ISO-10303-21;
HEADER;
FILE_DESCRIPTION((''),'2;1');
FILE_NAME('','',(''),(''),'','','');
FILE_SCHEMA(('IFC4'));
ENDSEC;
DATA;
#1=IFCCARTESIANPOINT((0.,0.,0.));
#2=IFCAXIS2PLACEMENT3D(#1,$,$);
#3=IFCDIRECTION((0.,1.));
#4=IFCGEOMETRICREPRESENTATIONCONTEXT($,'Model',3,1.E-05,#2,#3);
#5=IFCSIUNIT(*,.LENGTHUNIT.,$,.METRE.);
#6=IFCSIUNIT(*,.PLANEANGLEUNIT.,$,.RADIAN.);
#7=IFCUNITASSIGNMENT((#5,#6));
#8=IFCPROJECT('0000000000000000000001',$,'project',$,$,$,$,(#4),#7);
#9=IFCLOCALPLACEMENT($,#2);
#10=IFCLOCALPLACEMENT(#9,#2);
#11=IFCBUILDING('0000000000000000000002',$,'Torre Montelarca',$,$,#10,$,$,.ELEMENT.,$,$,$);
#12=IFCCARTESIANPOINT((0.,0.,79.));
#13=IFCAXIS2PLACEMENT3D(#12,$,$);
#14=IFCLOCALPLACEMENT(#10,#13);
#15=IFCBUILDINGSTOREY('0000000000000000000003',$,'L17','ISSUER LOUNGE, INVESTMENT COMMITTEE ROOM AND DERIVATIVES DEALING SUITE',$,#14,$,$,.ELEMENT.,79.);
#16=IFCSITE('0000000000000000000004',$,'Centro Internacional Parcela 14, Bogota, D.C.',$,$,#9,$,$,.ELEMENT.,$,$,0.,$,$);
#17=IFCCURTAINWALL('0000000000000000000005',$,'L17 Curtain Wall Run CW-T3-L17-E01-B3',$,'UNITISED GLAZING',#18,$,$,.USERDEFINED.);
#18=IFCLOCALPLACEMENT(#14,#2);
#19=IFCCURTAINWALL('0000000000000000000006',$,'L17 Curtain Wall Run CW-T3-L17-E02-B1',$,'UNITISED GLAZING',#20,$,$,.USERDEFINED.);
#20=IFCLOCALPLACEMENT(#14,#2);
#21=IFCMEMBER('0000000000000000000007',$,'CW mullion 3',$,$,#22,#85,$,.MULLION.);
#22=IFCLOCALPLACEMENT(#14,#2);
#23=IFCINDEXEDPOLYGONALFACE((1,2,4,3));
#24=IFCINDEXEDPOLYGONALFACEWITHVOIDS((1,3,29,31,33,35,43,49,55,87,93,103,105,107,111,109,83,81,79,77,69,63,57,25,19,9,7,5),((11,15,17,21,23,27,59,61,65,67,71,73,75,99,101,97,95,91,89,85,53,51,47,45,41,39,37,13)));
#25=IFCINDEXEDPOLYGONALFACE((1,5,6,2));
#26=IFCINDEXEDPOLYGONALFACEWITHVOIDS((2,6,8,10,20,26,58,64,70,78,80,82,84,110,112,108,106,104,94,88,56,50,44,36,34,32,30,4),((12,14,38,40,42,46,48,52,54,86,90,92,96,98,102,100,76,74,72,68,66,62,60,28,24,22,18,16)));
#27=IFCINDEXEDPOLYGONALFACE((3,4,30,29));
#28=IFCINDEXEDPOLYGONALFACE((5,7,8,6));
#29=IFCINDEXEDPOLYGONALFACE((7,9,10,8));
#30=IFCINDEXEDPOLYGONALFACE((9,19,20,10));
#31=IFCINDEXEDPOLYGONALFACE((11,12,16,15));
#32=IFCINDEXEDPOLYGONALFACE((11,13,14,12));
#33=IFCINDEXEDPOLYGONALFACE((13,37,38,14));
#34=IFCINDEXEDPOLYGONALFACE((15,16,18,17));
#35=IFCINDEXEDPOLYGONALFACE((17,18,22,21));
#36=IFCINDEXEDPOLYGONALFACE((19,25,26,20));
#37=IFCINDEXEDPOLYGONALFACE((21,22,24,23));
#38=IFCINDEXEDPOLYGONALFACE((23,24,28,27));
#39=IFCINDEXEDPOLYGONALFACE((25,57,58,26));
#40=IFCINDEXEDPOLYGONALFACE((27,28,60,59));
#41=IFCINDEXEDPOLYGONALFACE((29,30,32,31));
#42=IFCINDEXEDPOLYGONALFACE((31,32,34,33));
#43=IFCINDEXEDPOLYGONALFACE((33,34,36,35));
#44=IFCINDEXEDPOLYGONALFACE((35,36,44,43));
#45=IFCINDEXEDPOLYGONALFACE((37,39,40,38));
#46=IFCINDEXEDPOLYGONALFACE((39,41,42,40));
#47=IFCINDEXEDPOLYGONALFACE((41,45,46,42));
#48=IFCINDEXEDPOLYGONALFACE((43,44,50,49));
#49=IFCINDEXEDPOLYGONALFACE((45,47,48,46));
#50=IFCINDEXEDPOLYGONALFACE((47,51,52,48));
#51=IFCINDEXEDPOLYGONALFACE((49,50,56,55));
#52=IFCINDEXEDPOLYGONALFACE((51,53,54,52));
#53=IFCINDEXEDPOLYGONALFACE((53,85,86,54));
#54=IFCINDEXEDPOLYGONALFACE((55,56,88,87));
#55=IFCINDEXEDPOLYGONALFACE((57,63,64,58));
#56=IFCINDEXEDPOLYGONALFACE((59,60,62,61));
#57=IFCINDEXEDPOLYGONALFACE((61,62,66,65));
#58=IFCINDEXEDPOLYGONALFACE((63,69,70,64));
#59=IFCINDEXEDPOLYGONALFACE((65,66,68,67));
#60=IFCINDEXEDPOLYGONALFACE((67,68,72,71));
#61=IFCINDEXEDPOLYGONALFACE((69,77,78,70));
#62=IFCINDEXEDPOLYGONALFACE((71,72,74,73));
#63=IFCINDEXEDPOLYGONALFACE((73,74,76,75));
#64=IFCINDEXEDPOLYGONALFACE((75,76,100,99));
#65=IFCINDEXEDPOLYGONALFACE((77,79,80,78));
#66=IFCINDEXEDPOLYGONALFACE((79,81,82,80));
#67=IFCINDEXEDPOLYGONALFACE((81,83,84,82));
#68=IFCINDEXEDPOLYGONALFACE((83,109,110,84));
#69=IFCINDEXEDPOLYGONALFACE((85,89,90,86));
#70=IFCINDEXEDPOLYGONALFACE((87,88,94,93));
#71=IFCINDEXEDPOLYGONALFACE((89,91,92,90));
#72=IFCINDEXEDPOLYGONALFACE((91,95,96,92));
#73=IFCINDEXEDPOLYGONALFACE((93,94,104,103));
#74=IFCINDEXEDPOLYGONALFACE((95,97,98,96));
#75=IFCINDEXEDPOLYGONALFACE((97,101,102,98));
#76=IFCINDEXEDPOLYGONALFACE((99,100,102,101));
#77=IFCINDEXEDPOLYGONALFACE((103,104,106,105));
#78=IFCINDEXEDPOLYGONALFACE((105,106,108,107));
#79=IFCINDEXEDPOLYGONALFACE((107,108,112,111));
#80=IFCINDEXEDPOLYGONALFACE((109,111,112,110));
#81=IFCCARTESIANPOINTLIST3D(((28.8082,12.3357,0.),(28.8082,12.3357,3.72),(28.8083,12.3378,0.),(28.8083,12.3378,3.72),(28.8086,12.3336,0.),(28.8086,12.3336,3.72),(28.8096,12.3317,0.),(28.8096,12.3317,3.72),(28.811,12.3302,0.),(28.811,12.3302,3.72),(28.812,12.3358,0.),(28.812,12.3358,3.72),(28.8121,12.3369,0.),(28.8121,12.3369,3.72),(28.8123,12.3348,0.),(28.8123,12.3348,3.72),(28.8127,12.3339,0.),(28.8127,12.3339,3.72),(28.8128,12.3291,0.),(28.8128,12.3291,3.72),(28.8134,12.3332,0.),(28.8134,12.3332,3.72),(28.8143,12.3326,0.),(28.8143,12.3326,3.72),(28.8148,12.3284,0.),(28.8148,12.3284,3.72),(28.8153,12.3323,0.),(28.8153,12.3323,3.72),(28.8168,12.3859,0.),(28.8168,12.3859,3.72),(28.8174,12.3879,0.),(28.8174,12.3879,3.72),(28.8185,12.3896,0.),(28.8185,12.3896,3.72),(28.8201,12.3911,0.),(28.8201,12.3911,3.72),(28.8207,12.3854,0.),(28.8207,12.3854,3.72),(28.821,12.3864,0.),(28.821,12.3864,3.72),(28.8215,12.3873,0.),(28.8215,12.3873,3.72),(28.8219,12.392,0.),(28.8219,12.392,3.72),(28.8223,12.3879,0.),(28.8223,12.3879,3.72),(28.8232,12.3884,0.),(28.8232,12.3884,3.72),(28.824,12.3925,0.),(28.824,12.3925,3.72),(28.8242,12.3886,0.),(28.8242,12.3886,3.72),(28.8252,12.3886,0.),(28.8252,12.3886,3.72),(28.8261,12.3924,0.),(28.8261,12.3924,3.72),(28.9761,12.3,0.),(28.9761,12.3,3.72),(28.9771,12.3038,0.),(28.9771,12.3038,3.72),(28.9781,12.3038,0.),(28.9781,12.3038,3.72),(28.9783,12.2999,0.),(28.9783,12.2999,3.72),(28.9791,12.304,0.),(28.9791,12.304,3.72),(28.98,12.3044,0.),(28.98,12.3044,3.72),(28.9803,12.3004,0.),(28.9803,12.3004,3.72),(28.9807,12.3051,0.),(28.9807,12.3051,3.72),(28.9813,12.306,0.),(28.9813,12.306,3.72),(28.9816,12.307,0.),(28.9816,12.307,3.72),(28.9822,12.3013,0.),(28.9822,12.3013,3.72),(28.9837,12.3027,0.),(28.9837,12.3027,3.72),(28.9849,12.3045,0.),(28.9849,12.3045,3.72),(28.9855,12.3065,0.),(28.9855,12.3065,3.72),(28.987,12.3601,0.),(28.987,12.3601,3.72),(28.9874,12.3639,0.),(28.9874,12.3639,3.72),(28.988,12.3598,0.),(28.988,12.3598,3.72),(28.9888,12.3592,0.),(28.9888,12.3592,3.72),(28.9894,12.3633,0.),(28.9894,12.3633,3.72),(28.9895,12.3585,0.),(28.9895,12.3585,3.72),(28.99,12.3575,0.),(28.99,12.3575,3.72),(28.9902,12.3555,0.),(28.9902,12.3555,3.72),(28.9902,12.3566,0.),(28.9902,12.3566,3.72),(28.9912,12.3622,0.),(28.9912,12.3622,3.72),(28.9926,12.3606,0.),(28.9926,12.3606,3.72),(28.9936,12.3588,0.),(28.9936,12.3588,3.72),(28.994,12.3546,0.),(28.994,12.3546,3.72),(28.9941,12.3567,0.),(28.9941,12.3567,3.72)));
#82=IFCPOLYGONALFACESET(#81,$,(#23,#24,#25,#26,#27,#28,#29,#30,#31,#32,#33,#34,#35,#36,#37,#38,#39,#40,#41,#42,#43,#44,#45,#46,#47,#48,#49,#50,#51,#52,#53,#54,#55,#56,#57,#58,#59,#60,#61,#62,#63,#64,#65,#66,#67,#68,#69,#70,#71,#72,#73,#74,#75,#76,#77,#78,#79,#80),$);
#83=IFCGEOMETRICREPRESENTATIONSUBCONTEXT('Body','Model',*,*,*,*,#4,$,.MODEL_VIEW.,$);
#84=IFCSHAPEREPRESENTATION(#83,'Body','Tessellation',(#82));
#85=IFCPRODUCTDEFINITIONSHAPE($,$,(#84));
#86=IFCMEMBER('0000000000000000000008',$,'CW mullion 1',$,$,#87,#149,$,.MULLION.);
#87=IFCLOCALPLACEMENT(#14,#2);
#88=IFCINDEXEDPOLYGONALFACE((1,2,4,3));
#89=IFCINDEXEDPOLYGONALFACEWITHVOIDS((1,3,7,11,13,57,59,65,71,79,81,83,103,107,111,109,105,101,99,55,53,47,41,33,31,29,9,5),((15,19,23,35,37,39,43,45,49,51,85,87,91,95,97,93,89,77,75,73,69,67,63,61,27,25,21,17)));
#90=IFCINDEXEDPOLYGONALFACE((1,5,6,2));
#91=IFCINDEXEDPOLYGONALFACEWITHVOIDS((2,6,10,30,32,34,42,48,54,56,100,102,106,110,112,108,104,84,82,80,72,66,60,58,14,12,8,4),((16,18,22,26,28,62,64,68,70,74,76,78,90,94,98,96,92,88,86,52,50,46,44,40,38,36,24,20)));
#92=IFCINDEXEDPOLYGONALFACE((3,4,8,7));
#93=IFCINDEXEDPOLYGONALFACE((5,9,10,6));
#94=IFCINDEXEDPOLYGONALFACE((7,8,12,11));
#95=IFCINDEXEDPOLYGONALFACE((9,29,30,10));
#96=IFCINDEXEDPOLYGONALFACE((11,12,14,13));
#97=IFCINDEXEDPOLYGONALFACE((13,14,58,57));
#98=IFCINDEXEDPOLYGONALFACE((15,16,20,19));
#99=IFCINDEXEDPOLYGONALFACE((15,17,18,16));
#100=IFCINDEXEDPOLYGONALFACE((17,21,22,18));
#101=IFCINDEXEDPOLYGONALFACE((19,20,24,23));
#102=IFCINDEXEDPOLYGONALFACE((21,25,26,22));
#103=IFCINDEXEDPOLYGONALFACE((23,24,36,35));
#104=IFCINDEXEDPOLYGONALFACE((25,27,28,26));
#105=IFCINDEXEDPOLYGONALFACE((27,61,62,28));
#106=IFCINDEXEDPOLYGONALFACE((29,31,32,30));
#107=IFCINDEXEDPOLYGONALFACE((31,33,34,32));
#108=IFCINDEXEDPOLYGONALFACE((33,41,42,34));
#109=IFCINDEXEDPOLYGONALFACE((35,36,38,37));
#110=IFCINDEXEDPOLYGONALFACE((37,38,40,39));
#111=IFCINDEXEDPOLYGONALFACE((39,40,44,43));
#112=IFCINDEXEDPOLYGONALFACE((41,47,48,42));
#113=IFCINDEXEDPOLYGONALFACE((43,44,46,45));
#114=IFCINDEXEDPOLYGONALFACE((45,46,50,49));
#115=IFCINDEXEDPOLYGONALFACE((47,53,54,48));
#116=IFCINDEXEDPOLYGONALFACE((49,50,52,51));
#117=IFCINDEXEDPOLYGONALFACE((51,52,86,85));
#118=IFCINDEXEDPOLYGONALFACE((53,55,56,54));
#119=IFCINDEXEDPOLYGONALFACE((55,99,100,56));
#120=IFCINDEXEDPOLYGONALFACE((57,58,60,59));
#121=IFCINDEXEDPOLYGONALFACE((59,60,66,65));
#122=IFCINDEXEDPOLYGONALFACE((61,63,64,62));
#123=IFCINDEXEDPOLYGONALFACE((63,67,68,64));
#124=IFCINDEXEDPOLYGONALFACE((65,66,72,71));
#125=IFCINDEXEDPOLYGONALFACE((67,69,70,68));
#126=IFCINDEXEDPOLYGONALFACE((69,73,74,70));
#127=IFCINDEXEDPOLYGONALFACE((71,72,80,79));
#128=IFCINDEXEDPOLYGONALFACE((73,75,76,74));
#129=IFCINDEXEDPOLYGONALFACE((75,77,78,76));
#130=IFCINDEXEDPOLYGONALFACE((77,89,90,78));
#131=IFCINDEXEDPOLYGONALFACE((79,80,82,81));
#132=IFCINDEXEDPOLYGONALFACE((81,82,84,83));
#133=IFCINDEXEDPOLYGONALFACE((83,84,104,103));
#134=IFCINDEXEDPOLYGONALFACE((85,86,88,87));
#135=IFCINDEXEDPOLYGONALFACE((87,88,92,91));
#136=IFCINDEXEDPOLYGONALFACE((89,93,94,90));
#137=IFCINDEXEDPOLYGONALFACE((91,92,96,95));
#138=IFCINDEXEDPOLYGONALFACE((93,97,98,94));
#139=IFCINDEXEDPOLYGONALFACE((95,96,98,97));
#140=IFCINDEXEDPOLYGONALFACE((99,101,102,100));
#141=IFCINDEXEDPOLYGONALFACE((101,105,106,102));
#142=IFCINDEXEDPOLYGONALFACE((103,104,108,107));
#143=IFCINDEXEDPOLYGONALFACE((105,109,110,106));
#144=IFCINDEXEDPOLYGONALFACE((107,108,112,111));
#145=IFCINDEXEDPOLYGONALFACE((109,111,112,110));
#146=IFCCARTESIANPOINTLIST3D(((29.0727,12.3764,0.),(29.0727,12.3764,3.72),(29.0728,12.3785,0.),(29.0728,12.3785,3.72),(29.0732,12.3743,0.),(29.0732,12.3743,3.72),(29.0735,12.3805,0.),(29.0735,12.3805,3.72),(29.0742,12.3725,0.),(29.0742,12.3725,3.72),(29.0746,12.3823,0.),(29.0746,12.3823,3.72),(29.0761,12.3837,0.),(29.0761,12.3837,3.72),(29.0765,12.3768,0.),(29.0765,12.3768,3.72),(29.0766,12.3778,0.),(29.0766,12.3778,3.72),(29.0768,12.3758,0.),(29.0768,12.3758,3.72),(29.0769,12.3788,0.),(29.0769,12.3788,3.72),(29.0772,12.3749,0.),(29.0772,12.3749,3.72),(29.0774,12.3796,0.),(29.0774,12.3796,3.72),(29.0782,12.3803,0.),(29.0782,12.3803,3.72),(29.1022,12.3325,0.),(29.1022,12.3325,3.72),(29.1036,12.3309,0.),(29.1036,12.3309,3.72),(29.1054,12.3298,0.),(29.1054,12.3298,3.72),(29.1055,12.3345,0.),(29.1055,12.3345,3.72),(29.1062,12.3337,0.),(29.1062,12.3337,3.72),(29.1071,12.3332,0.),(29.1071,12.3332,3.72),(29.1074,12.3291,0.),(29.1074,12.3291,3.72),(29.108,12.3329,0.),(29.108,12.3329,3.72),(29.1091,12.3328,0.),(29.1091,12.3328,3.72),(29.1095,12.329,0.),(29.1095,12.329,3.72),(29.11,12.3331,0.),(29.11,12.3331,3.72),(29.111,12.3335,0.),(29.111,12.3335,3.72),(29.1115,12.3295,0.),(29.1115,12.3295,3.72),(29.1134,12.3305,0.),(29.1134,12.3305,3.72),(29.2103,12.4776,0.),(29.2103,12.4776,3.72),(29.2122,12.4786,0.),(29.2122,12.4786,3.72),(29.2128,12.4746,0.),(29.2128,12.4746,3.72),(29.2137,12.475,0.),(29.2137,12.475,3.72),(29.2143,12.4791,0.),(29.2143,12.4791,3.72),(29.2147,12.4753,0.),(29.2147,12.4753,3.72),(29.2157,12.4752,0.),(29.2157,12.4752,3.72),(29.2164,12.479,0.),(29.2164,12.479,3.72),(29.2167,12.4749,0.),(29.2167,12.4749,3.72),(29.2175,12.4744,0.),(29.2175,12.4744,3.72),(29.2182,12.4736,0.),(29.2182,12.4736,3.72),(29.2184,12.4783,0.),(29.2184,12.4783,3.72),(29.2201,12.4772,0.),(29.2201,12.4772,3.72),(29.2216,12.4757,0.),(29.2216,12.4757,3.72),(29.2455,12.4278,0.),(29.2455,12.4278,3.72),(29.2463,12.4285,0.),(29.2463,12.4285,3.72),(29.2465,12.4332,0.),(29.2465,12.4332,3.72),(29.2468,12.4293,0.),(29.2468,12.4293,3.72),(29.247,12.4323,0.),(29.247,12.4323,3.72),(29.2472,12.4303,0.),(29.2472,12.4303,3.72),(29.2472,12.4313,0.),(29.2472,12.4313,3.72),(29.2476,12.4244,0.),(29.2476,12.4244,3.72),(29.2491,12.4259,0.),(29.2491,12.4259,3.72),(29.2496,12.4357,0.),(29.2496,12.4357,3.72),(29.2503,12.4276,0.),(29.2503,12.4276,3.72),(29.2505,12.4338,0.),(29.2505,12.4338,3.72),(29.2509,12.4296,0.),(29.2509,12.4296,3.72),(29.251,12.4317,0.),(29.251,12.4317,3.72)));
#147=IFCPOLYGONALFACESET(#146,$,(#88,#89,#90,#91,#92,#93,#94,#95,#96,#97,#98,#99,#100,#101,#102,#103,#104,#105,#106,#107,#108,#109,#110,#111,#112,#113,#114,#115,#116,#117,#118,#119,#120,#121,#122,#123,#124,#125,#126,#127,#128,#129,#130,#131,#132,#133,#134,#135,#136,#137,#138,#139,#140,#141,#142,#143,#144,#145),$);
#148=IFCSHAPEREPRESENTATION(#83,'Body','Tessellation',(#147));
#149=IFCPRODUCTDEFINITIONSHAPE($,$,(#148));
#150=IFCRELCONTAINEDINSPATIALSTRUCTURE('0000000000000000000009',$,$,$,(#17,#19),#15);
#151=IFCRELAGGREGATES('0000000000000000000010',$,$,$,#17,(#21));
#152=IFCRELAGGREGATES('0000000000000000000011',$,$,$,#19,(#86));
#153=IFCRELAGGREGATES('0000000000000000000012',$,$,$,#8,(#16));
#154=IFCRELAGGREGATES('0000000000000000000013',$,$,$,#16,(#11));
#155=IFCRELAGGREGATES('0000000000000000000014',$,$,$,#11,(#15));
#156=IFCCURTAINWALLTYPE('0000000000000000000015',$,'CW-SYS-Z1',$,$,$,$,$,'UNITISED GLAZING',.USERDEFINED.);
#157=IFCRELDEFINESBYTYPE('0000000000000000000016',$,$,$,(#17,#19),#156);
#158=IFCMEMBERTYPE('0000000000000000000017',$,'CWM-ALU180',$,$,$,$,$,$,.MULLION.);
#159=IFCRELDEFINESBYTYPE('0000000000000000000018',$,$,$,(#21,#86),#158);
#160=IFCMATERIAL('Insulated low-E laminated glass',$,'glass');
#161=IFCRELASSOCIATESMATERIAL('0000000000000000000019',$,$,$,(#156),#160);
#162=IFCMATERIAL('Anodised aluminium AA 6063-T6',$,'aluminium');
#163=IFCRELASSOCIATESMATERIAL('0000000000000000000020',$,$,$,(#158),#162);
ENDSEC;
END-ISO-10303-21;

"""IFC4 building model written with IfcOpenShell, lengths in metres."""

from ifc_helpers import new_model, si_unit, direction, frame, origin, origin_2d, place, context, subcontext, project, spatial, hollow_rectangle, extrude, source, transform, mapped, material, material_profile, profile_set, type_object, element, aggregate, save


model = new_model("IFC4")

# Units and contexts
model_context = context("Model", 3, precision=1e-05, world=origin(), true_north=direction((0.0, 1.0)))
body_context = subcontext(model_context, "Body", "Model", "MODEL_VIEW")
ifc_project = project(units=[si_unit("LENGTHUNIT", "METRE"), si_unit("PLANEANGLEUNIT", "RADIAN")], contexts=[model_context])

# Site, building, storey
site_placement = place(None, origin())
site = spatial("IfcSite", under=ifc_project, at=site_placement, Name="Centro Internacional Parcela 14, Bogota, D.C.", CompositionType="ELEMENT", RefElevation=0.0)
building_placement = place(site_placement, origin())
building = spatial("IfcBuilding", under=site, at=building_placement, Name="Torre Montelarca", CompositionType="ELEMENT")
storey_placement = place(building_placement, frame((0.0, 0.0, 79.0)))
storey = spatial("IfcBuildingStorey", under=building, at=storey_placement, Name="L17", Description="ISSUER LOUNGE, INVESTMENT COMMITTEE ROOM AND DERIVATIVES DEALING SUITE", CompositionType="ELEMENT", Elevation=79.0)

# Curtain walls
ifc_material_1 = material(Name="Insulated low-E laminated glass", Category="glass")
curtain_wall_type = type_object("IfcCurtainWallType", Name="CW-SYS-Z1", ElementType="UNITISED GLAZING", PredefinedType="USERDEFINED", material=ifc_material_1)
curtain_wall_1_placement = place(storey_placement, origin())
curtain_wall_1 = element("IfcCurtainWall", 1, at=curtain_wall_1_placement, inside=storey, type_object=curtain_wall_type, Name="L17 Curtain Wall Run CW-T3-L17-E01-B3", ObjectType="UNITISED GLAZING", PredefinedType="USERDEFINED")
ifc_material_2 = material(Name="Anodised aluminium AA 6063-T6", Category="aluminium")
curtain_wall_2_placement = place(storey_placement, origin())
curtain_wall_2 = element("IfcCurtainWall", 2, at=curtain_wall_2_placement, inside=storey, type_object=curtain_wall_type, Name="L17 Curtain Wall Run CW-T3-L17-E02-B1", ObjectType="UNITISED GLAZING", PredefinedType="USERDEFINED")

# Members
ifc_material_profile_1 = material_profile(ifc_material_2, hollow_rectangle(XDim=0.0649, YDim=0.1799, WallThickness=0.0039, InnerFilletRadius=0.0039, OuterFilletRadius=0.0081, at=origin_2d()), Name="ALU65X180X4", Category="aluminium")
ifc_profile_set_1 = profile_set([ifc_material_profile_1], Name="Anodised aluminium AA 6063-T6")
member_type_1 = type_object("IfcMemberType", Name="CWM-ALU180", PredefinedType="MULLION", material=ifc_profile_set_1)
shared_shape_1 = source(origin(), body_context, "Body", "SweptSolid", [
    extrude(hollow_rectangle(XDim=0.0649, YDim=0.1799, WallThickness=0.0039, InnerFilletRadius=0.0039, OuterFilletRadius=0.0081, at=origin_2d()), origin(), (0.0, 0.0, 1.0), 3.72),
])
member_1_placement = place(storey_placement, frame((28.9011, 12.3462, 0.0), z_axis=(0.0, 0.0, 1.0), x_axis=(0.173637, 0.98481, 0.0)))
member_1 = element("IfcMember", 3, at=member_1_placement, type_object=member_type_1, Name="CW mullion 3", PredefinedType="MULLION", context=body_context, shape_type="MappedRepresentation", body=[
    mapped(shared_shape_1, transform((0.0, 0.0, 0.0), scale=1.0)),
])
member_2_placement = place(storey_placement, frame((29.1619, 12.4041, 0.0), z_axis=(0.0, 0.0, 1.0), x_axis=(-0.573561, 0.819163, 0.0)))
member_2 = element("IfcMember", 4, at=member_2_placement, type_object=member_type_1, Name="CW mullion 1", PredefinedType="MULLION", context=body_context, shape_type="MappedRepresentation", body=[
    mapped(shared_shape_1, transform((0.0, 0.0, 0.0), scale=1.0)),
])

aggregate(curtain_wall_1, [member_1])
aggregate(curtain_wall_2, [member_2])

save(model, "model.ifc")
